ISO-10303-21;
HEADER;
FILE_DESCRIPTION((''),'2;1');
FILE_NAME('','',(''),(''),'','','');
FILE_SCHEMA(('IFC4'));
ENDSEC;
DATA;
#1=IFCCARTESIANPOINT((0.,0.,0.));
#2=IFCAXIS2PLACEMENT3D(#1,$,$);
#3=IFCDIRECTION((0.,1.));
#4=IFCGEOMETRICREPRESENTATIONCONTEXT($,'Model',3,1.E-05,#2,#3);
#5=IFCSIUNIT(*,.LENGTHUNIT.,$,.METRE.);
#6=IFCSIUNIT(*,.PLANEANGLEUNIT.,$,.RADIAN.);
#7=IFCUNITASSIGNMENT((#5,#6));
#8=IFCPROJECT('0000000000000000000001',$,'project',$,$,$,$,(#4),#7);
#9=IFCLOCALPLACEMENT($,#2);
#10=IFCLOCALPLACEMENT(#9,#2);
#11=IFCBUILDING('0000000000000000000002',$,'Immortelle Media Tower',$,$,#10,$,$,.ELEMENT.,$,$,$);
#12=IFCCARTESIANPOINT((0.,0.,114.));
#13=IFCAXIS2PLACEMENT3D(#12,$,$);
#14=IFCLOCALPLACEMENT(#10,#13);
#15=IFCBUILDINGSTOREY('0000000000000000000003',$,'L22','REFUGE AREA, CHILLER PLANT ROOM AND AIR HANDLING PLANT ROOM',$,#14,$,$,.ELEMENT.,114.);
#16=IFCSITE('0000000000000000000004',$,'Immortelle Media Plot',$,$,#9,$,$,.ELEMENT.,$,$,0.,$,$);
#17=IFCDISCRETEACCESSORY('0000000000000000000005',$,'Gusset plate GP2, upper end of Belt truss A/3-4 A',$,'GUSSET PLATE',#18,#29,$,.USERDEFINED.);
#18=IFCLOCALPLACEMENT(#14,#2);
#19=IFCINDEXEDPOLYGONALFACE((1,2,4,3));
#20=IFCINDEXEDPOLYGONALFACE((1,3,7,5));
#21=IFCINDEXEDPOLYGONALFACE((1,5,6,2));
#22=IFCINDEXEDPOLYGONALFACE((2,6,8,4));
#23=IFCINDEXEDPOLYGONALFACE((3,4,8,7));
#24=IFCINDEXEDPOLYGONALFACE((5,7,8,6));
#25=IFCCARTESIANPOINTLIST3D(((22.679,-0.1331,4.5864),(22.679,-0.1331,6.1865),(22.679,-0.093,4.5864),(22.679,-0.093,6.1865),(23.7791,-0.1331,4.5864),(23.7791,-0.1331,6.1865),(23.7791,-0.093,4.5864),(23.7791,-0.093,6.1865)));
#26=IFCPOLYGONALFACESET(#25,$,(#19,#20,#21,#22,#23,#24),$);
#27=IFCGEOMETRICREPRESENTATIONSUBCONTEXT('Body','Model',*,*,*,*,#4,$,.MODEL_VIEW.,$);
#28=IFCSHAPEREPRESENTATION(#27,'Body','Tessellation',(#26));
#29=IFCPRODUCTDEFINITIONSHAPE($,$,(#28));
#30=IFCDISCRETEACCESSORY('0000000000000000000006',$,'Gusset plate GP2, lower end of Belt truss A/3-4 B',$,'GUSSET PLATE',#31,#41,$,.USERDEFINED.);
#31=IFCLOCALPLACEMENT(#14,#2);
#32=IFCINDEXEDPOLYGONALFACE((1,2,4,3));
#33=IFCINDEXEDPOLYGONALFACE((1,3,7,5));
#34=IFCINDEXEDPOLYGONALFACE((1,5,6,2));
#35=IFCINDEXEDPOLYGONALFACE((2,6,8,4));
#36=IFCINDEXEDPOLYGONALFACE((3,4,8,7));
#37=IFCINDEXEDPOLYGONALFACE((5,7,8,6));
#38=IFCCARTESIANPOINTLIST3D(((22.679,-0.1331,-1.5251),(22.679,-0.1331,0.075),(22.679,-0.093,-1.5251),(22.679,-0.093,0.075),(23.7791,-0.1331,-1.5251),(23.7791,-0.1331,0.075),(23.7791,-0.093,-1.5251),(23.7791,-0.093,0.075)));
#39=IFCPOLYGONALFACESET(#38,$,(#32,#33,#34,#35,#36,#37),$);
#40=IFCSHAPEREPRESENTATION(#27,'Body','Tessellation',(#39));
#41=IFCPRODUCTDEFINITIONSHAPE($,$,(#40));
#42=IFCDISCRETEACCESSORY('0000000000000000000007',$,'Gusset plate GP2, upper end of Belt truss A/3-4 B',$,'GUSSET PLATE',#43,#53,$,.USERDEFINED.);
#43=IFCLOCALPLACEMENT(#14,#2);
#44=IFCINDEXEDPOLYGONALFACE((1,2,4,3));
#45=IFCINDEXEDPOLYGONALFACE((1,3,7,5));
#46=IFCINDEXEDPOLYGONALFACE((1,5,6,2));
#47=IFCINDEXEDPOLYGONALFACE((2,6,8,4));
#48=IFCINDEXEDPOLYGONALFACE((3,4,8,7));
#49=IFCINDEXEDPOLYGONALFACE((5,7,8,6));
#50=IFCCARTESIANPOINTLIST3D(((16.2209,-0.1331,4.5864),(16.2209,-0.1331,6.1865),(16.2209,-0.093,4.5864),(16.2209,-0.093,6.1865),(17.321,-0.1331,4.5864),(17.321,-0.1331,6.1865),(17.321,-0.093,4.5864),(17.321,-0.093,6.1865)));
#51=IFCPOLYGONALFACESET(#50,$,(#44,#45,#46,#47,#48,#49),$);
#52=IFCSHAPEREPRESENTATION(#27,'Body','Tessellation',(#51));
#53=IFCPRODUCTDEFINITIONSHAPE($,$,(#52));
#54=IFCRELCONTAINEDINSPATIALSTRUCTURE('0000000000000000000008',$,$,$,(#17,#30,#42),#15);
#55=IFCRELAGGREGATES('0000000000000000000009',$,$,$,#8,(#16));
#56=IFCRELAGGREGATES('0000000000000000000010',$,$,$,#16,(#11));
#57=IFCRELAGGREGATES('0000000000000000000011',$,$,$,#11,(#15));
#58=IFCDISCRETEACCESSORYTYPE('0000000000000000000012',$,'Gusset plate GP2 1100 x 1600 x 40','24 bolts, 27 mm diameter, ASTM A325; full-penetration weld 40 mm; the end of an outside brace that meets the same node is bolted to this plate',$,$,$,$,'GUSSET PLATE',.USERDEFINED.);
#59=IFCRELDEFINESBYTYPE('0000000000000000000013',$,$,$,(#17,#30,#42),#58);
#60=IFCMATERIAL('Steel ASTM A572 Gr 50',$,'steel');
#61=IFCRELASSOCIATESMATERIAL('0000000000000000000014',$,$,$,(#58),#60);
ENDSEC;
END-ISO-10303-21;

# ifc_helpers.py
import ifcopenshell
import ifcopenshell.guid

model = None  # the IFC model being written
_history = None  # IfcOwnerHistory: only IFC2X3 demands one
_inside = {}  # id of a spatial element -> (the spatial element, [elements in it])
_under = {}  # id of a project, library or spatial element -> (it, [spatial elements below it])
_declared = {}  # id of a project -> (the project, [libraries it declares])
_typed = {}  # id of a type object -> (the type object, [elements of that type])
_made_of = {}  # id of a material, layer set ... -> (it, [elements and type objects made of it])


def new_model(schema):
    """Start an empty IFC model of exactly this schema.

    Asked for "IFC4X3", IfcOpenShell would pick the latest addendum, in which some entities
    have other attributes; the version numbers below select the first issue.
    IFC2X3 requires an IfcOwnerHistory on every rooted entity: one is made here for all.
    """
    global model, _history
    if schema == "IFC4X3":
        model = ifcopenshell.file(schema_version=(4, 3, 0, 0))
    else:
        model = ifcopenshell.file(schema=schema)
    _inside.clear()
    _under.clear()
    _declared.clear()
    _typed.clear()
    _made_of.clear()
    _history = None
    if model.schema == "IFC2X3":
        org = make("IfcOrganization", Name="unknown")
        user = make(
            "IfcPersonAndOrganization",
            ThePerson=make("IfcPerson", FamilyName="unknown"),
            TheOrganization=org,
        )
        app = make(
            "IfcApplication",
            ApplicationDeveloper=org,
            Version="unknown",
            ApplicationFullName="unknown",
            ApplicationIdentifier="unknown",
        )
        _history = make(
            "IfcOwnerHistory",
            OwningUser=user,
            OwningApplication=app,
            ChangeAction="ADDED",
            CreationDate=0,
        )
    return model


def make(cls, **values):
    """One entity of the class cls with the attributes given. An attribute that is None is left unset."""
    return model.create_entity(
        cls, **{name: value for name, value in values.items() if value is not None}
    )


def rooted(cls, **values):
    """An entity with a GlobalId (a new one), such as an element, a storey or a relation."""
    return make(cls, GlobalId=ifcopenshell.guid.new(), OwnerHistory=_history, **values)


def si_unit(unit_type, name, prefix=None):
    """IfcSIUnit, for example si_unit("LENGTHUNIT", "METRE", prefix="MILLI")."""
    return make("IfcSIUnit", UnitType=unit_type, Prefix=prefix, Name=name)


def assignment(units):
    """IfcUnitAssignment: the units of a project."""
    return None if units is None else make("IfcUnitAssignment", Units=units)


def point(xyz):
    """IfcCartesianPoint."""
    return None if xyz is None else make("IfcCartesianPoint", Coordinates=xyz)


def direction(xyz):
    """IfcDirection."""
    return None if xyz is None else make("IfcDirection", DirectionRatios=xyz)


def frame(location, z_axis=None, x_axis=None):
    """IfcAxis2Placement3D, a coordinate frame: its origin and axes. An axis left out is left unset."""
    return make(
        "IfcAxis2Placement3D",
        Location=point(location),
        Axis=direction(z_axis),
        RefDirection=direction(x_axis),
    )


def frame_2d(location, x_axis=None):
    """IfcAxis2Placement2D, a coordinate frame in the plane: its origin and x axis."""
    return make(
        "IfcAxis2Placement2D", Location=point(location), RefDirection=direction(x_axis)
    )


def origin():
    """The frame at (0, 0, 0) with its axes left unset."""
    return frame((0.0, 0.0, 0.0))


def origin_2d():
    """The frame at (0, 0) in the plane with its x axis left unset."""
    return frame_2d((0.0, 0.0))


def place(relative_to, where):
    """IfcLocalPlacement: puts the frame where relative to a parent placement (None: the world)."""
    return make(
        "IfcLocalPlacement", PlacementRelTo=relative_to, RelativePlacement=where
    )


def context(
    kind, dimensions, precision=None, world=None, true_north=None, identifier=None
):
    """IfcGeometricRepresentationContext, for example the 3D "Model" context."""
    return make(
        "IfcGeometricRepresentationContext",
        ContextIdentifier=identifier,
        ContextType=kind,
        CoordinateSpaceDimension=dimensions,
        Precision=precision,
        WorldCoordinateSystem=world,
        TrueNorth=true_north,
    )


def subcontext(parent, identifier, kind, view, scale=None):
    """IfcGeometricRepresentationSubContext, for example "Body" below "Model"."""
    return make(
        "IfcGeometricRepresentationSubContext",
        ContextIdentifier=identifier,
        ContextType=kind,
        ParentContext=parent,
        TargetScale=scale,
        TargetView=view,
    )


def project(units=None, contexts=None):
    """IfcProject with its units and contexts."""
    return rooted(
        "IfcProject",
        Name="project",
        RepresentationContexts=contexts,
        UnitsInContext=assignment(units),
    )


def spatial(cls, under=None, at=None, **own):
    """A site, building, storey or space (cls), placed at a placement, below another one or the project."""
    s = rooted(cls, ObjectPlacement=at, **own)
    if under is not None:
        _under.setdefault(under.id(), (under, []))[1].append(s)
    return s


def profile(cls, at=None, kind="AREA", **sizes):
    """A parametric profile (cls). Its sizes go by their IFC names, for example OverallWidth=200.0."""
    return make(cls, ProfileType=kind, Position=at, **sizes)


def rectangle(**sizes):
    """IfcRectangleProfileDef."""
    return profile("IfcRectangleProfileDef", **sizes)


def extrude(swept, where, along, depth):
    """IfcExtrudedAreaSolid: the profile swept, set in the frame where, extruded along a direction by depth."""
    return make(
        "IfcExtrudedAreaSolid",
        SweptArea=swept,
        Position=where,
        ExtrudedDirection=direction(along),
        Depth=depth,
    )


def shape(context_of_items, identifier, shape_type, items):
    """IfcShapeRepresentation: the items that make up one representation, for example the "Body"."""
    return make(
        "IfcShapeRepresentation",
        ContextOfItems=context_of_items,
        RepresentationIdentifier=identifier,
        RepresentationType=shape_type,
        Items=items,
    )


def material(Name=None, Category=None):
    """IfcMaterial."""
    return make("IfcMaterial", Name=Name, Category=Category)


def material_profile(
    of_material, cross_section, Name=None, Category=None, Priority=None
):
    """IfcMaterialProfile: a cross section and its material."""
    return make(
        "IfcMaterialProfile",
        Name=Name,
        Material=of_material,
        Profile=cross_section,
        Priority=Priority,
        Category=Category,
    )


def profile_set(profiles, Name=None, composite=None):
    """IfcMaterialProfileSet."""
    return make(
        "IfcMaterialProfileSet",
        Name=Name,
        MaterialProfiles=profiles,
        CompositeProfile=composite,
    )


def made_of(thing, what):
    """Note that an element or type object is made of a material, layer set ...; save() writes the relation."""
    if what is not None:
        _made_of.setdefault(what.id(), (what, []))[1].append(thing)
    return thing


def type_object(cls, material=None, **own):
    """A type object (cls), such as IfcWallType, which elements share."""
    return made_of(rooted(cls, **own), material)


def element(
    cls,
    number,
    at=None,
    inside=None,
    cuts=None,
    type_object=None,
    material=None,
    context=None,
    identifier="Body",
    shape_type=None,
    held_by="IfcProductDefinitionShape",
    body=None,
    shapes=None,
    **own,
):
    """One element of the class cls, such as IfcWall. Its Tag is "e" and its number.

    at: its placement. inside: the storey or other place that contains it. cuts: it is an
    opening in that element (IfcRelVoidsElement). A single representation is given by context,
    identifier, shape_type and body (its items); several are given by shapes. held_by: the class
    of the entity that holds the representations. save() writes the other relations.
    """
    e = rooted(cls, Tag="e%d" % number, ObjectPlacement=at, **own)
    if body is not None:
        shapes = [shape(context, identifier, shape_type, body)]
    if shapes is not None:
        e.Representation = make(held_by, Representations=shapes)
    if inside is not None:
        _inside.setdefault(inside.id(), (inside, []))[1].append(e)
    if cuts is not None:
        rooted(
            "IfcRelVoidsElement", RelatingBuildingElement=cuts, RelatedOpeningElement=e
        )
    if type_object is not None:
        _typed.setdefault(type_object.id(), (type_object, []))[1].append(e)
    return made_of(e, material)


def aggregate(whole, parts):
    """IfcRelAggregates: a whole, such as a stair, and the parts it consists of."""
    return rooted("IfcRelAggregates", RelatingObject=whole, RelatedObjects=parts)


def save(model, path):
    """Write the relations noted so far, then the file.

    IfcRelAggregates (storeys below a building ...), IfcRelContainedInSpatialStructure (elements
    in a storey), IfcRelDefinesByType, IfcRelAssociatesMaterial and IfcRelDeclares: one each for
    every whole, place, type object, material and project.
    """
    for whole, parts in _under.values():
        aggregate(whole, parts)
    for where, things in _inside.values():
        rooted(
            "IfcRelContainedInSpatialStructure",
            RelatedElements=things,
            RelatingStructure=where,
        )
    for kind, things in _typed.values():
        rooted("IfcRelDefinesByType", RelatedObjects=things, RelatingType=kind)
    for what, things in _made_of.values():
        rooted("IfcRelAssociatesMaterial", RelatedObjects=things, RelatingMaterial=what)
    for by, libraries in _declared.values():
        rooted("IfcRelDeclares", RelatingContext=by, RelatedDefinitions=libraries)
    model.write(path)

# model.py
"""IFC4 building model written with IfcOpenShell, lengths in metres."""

from ifc_helpers import new_model, si_unit, direction, frame, origin, origin_2d, place, context, subcontext, project, spatial, rectangle, extrude, material, material_profile, profile_set, type_object, element, save


model = new_model("IFC4")

# Units and contexts
model_context = context("Model", 3, precision=1e-05, world=origin(), true_north=direction((0.0, 1.0)))
body_context = subcontext(model_context, "Body", "Model", "MODEL_VIEW")
ifc_project = project(units=[si_unit("LENGTHUNIT", "METRE"), si_unit("PLANEANGLEUNIT", "RADIAN")], contexts=[model_context])

# Site, building, storey
site_placement = place(None, origin())
site = spatial("IfcSite", under=ifc_project, at=site_placement, Name="Immortelle Media Plot", CompositionType="ELEMENT", RefElevation=0.0)
building_placement = place(site_placement, origin())
building = spatial("IfcBuilding", under=site, at=building_placement, Name="Immortelle Media Tower", CompositionType="ELEMENT")
storey_placement = place(building_placement, frame((0.0, 0.0, 114.0)))
storey = spatial("IfcBuildingStorey", under=building, at=storey_placement, Name="L22", Description="REFUGE AREA, CHILLER PLANT ROOM AND AIR HANDLING PLANT ROOM", CompositionType="ELEMENT", Elevation=114.0)

# Discrete accessories
ifc_material_1 = material(Name="Steel ASTM A572 Gr 50", Category="steel")
ifc_material_profile_1 = material_profile(ifc_material_1, rectangle(XDim=0.04, YDim=1.6001, at=origin_2d()), Name="PL 40 x 1600")
ifc_profile_set_1 = profile_set([ifc_material_profile_1], Name="Steel ASTM A572 Gr 50")
discrete_accessory_type_1 = type_object("IfcDiscreteAccessoryType", Name="Gusset plate GP2 1100 x 1600 x 40", Description="24 bolts, 27 mm diameter, ASTM A325; full-penetration weld 40 mm; the end of an outside brace that meets the same node is bolted to this plate", ElementType="GUSSET PLATE", PredefinedType="USERDEFINED", material=ifc_profile_set_1)
for number, where, z_axis, x_axis, name in (
    (1, (23.7791, -0.113, 5.3865), (-1.0, 0.0, 0.0), (0.0, -1.0, 0.0), "Gusset plate GP2, upper end of Belt truss A/3-4 A"),
    (2, (23.7791, -0.113, -0.7251), (-1.0, 0.0, 0.0), (0.0, -1.0, 0.0), "Gusset plate GP2, lower end of Belt truss A/3-4 B"),
    (3, (16.2209, -0.113, 5.3865), (1.0, 0.0, 0.0), (0.0, 1.0, 0.0), "Gusset plate GP2, upper end of Belt truss A/3-4 B"),
):
    element("IfcDiscreteAccessory", number, at=place(storey_placement, frame(where, z_axis=z_axis, x_axis=x_axis)), inside=storey, type_object=discrete_accessory_type_1, Name=name, ObjectType="GUSSET PLATE", PredefinedType="USERDEFINED", context=body_context, shape_type="SweptSolid", body=[
        extrude(rectangle(XDim=0.04, YDim=1.6001, at=origin_2d()), origin(), (0.0, 0.0, 1.0), 1.1001),
    ])

save(model, "model.ifc")
